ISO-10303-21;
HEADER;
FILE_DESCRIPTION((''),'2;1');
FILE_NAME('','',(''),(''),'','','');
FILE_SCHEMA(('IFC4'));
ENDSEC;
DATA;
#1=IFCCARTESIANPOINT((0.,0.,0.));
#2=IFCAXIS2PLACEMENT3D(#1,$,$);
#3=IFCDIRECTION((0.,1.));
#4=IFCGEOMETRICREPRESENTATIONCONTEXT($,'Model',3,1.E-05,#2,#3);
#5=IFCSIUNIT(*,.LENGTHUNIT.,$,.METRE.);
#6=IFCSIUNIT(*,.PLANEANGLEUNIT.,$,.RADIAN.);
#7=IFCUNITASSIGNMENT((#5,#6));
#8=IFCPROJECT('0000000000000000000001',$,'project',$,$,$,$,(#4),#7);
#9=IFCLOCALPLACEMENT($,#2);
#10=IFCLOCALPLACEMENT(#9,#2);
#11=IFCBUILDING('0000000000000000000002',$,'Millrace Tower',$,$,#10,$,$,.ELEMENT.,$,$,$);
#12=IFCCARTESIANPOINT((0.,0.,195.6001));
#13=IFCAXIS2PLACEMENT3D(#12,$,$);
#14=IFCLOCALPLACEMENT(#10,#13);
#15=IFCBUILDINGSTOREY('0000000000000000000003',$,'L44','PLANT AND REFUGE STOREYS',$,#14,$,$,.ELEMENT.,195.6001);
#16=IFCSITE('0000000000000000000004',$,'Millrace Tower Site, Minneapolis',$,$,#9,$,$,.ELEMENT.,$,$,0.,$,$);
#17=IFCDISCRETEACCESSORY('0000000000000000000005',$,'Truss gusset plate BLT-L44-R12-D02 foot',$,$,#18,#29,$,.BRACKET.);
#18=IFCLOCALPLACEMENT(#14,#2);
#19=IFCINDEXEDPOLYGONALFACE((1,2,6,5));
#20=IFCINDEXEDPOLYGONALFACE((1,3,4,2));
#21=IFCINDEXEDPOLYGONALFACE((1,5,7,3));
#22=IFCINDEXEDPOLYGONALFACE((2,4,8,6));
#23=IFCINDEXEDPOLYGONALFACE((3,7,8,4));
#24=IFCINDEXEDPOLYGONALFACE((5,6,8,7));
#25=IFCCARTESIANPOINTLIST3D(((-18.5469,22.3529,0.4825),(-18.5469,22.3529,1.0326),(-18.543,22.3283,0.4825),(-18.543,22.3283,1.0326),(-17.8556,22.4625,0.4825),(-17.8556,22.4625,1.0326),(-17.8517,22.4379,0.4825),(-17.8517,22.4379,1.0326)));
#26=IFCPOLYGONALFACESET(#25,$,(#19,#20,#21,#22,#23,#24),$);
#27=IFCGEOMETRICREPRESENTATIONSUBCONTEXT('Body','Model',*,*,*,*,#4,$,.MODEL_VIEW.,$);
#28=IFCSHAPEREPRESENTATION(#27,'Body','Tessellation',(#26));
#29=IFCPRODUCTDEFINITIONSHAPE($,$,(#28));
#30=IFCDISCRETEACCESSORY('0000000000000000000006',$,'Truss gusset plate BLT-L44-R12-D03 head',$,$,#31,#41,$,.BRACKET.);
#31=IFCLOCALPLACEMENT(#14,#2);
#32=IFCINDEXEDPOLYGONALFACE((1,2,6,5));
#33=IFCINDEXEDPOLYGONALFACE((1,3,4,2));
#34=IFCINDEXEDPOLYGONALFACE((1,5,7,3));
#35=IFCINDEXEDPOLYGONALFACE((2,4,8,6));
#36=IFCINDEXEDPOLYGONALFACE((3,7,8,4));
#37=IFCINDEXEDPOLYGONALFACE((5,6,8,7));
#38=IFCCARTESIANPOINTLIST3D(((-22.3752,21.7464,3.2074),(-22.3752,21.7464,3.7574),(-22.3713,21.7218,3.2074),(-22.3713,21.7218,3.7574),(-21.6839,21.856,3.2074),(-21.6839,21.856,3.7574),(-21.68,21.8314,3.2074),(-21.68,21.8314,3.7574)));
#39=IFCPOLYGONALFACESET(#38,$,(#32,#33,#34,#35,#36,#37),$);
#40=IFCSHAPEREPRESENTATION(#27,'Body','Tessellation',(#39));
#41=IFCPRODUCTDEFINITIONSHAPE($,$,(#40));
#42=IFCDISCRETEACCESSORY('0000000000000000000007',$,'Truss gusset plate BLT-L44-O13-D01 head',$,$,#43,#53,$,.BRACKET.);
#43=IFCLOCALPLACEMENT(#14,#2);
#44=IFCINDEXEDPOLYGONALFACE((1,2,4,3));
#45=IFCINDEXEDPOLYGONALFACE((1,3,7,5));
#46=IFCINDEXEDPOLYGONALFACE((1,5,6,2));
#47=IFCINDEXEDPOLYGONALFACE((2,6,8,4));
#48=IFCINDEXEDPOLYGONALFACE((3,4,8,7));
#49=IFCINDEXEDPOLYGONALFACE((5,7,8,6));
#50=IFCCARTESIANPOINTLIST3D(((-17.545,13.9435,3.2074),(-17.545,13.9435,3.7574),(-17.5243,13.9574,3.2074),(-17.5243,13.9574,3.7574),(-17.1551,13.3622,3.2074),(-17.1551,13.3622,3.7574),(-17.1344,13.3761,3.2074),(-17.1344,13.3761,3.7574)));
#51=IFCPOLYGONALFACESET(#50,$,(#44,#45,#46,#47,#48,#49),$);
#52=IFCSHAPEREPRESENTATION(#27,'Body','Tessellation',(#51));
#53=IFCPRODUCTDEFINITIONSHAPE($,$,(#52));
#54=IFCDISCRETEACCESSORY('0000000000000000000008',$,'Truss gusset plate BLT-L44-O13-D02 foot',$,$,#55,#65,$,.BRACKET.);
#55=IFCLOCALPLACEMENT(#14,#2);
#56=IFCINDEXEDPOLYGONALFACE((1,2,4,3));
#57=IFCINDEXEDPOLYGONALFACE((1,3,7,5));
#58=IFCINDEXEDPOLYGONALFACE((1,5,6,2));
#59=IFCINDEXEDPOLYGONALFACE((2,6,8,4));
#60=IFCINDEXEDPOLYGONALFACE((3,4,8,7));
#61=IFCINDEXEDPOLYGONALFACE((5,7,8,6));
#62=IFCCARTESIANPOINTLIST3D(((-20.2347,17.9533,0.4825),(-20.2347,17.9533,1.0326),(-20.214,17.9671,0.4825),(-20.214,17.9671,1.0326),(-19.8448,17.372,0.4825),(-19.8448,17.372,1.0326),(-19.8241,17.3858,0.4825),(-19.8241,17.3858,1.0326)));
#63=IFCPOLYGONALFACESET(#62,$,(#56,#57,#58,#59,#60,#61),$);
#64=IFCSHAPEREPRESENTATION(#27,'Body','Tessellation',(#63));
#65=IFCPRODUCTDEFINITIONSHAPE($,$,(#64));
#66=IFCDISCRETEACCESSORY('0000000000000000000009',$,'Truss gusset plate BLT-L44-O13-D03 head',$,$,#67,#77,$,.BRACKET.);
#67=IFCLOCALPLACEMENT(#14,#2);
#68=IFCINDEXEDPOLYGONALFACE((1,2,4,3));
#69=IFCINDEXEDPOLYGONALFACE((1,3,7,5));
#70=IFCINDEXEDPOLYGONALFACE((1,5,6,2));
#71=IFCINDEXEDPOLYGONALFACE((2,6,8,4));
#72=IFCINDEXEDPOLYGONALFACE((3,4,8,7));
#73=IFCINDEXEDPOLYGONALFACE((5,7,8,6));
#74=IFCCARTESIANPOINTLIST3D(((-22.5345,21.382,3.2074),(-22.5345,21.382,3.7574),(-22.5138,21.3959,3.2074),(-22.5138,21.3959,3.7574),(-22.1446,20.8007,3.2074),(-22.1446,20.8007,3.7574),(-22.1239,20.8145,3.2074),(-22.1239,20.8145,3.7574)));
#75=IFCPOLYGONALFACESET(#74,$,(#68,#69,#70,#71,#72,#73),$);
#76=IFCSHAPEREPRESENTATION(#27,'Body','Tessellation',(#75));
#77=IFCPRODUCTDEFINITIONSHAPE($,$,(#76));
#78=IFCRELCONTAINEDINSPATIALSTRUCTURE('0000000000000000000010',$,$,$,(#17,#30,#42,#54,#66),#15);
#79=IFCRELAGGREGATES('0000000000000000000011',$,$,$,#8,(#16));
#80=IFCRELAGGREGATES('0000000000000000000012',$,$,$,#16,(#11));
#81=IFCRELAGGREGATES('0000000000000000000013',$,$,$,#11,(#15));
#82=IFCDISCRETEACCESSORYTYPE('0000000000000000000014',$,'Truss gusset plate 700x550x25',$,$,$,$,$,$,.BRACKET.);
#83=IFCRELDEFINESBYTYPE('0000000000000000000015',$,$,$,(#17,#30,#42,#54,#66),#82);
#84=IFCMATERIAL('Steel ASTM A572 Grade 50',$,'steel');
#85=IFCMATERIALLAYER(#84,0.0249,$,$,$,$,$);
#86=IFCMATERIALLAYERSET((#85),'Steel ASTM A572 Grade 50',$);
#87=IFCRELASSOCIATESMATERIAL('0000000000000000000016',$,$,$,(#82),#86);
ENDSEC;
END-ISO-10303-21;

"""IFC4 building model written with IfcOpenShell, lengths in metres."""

from ifc_helpers import new_model, si_unit, direction, frame, origin, origin_2d, place, context, subcontext, project, spatial, rectangle, extrude, material, layer, layer_set, type_object, element, save


model = new_model("IFC4")

# Units and contexts
model_context = context("Model", 3, precision=1e-05, world=origin(), true_north=direction((0.0, 1.0)))
body_context = subcontext(model_context, "Body", "Model", "MODEL_VIEW")
ifc_project = project(units=[si_unit("LENGTHUNIT", "METRE"), si_unit("PLANEANGLEUNIT", "RADIAN")], contexts=[model_context])

# Site, building, storey
site_placement = place(None, origin())
site = spatial("IfcSite", under=ifc_project, at=site_placement, Name="Millrace Tower Site, Minneapolis", CompositionType="ELEMENT", RefElevation=0.0)
building_placement = place(site_placement, origin())
building = spatial("IfcBuilding", under=site, at=building_placement, Name="Millrace Tower", CompositionType="ELEMENT")
storey_placement = place(building_placement, frame((0.0, 0.0, 195.6001)))
storey = spatial("IfcBuildingStorey", under=building, at=storey_placement, Name="L44", Description="PLANT AND REFUGE STOREYS", CompositionType="ELEMENT", Elevation=195.6001)

# Discrete accessories
ifc_material_1 = material(Name="Steel ASTM A572 Grade 50", Category="steel")
ifc_layer_1 = layer(ifc_material_1, 0.0249)
ifc_layer_set_1 = layer_set([ifc_layer_1], Name="Steel ASTM A572 Grade 50")
discrete_accessory_type = type_object("IfcDiscreteAccessoryType", Name="Truss gusset plate 700x550x25", PredefinedType="BRACKET", material=ifc_layer_set_1)
for number, where, z_axis, x_axis, name in (
    (1, (-18.5449, 22.3406, 0.7576), (0.987664, 0.156589, 0.0), (-0.156589, 0.987664, 0.0), "Truss gusset plate BLT-L44-R12-D02 foot"),
    (2, (-22.3733, 21.7341, 3.4824), (0.987664, 0.156589, 0.0), (-0.156589, 0.987664, 0.0), "Truss gusset plate BLT-L44-R12-D03 head"),
    (3, (-17.5347, 13.9504, 3.4824), (0.557032, -0.830491, 0.0), (0.830491, 0.557032, 0.0), "Truss gusset plate BLT-L44-O13-D01 head"),
    (4, (-20.2244, 17.9602, 0.7576), (0.557032, -0.830491, 0.0), (0.830491, 0.557032, 0.0), "Truss gusset plate BLT-L44-O13-D02 foot"),
    (5, (-22.5242, 21.3889, 3.4824), (0.557032, -0.830491, 0.0), (0.830491, 0.557032, 0.0), "Truss gusset plate BLT-L44-O13-D03 head"),
):
    element("IfcDiscreteAccessory", number, at=place(storey_placement, frame(where, z_axis=z_axis, x_axis=x_axis)), inside=storey, type_object=discrete_accessory_type, Name=name, PredefinedType="BRACKET", context=body_context, shape_type="SweptSolid", body=[
        extrude(rectangle(XDim=0.0249, YDim=0.55, at=origin_2d()), origin(), (0.0, 0.0, 1.0), 0.7),
    ])

save(model, "model.ifc")
